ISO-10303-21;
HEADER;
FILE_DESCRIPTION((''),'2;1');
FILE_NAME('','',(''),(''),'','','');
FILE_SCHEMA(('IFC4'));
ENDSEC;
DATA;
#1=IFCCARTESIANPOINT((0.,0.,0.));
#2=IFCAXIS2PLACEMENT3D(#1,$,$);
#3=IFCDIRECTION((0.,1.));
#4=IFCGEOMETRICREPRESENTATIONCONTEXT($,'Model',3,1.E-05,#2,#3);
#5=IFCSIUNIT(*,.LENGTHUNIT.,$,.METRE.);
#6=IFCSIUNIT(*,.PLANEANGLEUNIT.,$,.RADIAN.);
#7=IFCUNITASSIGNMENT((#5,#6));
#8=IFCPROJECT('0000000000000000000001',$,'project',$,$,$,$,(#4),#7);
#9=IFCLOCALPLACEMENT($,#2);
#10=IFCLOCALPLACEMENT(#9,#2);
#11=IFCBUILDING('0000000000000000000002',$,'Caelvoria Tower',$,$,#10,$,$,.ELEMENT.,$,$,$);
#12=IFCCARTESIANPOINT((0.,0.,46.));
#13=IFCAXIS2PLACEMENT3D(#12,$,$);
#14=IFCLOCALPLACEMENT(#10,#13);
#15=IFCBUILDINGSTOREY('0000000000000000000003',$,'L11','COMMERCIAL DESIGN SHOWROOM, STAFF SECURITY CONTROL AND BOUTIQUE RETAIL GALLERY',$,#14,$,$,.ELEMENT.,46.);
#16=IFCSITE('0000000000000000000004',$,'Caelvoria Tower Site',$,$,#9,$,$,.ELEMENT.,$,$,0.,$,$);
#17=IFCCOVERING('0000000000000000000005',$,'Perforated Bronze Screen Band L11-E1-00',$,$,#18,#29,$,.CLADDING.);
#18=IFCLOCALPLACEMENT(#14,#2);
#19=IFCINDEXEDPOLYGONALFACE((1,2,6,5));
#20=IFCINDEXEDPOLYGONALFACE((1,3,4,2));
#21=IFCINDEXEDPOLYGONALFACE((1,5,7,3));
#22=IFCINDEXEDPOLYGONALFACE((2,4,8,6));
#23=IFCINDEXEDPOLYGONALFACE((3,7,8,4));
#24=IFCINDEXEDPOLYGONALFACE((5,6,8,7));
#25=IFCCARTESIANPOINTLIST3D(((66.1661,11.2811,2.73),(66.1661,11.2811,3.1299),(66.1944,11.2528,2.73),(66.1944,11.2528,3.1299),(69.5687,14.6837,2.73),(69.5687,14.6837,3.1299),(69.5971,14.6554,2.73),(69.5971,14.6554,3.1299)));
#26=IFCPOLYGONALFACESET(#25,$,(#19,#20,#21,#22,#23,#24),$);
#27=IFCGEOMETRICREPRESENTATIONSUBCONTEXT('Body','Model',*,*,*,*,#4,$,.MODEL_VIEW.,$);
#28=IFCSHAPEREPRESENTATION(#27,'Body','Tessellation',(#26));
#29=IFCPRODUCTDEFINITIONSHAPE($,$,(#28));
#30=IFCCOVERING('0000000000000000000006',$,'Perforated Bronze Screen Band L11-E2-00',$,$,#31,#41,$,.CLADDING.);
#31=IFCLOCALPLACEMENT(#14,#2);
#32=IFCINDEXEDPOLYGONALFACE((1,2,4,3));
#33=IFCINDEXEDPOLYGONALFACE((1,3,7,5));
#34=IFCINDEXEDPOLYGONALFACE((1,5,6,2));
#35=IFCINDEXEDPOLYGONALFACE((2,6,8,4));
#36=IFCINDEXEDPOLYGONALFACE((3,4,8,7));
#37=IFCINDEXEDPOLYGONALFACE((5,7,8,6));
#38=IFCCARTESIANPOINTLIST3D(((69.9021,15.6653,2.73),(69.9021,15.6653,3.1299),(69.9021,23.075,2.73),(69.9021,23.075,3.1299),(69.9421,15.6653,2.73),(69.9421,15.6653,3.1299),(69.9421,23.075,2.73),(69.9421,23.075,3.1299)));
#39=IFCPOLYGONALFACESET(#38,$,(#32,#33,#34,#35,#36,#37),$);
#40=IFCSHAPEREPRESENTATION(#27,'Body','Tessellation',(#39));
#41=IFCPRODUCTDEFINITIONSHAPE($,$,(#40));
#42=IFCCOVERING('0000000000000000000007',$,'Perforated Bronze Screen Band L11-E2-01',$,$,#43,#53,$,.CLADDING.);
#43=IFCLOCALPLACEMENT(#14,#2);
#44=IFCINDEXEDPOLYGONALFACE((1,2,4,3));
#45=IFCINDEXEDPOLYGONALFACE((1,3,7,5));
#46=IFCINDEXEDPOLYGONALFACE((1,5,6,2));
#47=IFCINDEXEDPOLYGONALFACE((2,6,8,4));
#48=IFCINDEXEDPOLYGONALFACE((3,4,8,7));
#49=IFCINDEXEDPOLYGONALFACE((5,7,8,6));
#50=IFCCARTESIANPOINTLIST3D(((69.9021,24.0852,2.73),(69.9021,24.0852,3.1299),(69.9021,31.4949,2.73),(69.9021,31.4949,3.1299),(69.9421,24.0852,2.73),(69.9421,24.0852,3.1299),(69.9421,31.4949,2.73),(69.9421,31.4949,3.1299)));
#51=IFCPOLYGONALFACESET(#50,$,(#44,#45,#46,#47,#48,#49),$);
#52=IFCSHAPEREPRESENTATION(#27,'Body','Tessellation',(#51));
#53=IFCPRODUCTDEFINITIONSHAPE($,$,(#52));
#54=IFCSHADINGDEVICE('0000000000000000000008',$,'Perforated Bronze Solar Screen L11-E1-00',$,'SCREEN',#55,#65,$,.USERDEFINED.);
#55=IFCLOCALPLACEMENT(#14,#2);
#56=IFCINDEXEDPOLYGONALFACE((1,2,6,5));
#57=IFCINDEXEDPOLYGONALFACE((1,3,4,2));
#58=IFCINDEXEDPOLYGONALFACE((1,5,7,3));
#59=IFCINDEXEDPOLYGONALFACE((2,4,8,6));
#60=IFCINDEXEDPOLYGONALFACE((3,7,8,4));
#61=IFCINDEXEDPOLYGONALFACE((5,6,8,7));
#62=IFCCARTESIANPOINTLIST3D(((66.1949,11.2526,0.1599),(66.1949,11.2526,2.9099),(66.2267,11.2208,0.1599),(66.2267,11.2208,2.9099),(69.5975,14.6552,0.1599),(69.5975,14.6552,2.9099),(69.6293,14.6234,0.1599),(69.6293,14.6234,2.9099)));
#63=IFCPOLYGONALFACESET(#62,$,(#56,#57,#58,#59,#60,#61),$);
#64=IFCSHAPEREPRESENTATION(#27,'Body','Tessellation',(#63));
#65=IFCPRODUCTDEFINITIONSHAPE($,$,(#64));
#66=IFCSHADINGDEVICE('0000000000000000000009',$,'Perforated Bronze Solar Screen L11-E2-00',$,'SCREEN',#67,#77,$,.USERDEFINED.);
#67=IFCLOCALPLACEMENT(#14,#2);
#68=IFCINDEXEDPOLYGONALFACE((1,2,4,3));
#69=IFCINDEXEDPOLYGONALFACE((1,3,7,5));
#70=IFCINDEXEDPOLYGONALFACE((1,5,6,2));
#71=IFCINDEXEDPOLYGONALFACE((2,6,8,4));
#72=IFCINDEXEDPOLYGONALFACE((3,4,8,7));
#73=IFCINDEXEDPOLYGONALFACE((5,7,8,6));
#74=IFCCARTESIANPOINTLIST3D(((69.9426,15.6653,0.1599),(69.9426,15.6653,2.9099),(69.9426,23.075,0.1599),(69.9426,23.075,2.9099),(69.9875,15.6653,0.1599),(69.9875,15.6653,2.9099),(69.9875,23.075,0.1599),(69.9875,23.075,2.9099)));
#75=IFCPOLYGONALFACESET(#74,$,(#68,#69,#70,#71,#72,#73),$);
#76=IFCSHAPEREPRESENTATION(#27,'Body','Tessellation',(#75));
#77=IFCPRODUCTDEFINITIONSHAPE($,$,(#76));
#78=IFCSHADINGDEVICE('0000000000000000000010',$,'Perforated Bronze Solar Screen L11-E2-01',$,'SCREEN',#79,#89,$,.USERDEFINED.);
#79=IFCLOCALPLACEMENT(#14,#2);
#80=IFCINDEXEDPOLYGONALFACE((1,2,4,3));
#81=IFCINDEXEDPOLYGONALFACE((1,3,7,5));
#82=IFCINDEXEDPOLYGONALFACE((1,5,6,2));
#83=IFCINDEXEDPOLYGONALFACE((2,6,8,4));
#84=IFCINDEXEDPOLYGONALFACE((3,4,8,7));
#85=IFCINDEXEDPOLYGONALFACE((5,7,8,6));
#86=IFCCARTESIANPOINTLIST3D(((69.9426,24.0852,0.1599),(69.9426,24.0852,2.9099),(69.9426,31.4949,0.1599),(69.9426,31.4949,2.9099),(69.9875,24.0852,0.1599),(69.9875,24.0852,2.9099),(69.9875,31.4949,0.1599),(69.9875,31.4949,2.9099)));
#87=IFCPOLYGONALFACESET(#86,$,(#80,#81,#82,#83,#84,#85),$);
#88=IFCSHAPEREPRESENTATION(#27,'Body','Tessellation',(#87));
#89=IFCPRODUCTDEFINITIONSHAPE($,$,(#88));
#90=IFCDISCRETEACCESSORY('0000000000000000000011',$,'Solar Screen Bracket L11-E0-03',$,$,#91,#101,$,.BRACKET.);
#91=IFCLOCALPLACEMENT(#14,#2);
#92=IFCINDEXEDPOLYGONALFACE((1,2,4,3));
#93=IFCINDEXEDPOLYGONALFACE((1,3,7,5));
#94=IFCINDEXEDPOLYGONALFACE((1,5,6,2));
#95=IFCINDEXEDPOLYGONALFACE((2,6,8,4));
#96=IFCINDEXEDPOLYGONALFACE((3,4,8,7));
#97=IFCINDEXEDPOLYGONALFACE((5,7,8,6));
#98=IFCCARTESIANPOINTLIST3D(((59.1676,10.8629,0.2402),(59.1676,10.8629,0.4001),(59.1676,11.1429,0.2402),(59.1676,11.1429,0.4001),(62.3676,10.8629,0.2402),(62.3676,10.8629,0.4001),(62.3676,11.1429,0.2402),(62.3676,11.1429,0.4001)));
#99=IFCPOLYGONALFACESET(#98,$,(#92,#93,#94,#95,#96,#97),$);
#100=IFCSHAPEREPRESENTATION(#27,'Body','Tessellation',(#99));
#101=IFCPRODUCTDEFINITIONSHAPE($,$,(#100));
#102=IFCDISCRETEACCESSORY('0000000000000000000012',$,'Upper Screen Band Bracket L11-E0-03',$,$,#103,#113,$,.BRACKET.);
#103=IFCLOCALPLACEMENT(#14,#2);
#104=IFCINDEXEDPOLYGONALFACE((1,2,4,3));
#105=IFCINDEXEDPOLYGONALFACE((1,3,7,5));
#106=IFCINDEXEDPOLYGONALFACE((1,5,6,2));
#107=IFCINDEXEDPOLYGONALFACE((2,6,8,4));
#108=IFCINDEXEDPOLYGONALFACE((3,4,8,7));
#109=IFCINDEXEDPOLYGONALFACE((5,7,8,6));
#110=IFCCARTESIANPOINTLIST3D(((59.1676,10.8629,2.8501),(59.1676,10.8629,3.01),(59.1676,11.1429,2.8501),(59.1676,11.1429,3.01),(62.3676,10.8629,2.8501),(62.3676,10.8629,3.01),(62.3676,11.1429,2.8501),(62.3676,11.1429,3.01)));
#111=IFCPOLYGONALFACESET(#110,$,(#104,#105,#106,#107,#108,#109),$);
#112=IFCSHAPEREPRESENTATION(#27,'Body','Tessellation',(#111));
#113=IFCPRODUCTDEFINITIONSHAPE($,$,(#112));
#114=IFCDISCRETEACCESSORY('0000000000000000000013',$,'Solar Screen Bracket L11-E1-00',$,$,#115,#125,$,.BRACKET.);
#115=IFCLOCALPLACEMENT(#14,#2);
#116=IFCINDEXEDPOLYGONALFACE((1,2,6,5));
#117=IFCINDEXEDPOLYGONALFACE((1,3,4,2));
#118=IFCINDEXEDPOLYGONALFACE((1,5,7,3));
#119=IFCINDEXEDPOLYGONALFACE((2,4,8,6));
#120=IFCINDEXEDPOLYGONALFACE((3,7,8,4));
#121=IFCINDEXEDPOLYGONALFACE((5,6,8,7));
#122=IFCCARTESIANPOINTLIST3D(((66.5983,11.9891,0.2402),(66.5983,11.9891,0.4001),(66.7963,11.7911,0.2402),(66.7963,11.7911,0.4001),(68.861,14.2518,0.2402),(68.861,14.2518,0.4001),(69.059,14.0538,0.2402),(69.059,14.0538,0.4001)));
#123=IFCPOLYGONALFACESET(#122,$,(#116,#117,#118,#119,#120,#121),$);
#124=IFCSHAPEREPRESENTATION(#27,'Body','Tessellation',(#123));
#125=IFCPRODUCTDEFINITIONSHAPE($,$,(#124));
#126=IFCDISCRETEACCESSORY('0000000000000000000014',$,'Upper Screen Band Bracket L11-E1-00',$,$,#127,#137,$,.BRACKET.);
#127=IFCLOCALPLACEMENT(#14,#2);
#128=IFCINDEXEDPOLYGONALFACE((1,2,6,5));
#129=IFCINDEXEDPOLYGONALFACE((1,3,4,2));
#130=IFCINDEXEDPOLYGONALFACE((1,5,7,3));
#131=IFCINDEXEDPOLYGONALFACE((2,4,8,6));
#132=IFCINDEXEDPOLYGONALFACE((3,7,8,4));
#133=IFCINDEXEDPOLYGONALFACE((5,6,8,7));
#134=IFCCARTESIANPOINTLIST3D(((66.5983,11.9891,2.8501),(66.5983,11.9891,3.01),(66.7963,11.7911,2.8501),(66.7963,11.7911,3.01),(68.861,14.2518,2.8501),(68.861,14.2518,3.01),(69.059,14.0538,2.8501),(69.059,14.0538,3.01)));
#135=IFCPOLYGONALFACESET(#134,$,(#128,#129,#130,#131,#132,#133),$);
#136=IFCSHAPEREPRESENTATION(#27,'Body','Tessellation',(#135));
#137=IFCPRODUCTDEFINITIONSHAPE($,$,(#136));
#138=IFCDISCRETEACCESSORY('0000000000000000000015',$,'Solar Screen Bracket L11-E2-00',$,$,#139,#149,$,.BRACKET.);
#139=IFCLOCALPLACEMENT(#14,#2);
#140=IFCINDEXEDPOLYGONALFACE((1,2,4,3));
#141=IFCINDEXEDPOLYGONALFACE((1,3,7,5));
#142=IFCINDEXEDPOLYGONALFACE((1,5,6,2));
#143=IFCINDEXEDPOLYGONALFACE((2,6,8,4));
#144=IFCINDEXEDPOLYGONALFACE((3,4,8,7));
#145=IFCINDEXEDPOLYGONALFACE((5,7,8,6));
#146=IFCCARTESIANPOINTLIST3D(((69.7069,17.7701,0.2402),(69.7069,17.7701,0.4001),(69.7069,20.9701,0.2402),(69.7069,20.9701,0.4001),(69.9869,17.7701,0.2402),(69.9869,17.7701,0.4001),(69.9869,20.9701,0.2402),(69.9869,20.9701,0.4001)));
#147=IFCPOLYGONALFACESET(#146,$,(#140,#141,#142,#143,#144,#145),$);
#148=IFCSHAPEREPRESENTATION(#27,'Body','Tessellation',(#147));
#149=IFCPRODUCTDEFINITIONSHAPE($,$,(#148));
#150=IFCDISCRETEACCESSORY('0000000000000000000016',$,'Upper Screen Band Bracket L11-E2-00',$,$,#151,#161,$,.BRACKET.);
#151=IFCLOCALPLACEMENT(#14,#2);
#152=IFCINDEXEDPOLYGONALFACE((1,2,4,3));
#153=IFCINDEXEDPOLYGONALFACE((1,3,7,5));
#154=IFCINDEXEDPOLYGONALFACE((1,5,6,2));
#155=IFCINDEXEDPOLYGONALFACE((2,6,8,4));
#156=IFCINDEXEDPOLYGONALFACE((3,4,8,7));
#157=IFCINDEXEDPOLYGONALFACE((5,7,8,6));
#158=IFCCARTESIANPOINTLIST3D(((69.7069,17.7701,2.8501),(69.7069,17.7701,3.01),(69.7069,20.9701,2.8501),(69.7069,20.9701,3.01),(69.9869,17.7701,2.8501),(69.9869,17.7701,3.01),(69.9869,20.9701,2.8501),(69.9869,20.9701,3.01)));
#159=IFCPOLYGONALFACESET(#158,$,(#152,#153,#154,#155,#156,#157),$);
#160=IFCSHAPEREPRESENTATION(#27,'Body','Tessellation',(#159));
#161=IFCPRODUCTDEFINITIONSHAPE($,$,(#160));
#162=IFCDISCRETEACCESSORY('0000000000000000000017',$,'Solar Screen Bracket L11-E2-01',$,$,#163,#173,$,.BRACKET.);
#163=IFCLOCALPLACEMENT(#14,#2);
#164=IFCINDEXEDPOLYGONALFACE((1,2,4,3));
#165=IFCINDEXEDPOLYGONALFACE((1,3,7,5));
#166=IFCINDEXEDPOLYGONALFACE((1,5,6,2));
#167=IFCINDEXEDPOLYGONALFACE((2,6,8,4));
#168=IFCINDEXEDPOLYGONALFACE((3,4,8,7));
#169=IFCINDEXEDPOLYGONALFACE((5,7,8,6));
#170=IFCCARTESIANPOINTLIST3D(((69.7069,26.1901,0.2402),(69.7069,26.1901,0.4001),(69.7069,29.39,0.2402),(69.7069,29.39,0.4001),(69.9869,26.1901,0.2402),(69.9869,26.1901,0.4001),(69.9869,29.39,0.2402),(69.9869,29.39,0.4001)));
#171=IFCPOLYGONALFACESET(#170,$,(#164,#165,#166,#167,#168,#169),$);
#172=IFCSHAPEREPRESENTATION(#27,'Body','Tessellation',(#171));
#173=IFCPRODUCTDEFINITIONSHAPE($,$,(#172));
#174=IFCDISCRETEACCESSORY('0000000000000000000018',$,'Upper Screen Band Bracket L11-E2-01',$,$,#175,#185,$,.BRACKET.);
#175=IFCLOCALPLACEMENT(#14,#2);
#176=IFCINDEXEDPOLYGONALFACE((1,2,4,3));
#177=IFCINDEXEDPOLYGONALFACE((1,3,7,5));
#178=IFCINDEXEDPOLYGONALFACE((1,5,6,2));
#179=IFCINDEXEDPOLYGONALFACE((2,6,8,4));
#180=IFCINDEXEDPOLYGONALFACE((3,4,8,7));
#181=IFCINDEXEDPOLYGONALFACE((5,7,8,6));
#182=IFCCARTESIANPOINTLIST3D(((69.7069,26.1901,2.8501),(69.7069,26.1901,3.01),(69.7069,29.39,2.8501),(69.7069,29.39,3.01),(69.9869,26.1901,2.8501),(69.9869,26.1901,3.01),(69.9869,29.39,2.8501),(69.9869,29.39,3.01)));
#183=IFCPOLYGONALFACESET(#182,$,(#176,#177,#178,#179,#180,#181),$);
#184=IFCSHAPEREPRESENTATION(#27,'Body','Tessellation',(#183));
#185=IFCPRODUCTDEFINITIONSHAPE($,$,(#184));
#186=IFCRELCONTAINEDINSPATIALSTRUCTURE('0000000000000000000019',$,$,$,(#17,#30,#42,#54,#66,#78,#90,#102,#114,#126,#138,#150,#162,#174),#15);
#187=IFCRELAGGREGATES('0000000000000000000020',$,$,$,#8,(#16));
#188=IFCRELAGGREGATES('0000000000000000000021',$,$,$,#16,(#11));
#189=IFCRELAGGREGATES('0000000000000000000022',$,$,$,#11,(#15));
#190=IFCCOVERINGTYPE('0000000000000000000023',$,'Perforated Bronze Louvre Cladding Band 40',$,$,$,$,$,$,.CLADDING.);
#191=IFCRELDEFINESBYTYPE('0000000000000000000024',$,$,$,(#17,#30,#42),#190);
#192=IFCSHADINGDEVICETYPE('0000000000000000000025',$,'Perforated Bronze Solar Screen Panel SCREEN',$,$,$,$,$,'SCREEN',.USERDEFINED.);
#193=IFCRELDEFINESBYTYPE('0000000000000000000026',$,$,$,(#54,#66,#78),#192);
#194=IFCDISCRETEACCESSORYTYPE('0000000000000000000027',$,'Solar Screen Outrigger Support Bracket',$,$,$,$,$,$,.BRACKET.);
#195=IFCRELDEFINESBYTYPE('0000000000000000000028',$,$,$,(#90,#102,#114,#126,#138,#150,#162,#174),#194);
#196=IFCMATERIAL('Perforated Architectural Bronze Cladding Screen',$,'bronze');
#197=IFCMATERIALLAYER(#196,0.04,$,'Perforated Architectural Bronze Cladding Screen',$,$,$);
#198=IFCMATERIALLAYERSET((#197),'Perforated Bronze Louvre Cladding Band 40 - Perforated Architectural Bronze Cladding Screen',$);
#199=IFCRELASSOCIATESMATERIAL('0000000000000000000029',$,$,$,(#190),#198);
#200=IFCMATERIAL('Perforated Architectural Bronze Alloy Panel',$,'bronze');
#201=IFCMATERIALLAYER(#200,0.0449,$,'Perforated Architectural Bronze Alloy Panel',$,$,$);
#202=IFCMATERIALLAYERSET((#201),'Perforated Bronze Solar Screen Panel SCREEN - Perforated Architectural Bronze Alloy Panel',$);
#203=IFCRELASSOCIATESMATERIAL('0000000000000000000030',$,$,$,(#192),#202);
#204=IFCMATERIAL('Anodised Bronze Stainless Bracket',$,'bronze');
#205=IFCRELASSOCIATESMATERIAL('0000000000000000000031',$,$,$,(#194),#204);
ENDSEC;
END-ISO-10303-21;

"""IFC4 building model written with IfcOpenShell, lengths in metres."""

from ifc_helpers import new_model, si_unit, direction, frame, origin, origin_2d, place, context, subcontext, project, spatial, rectangle, extrude, material, layer, layer_set, type_object, element, save


model = new_model("IFC4")

# Units and contexts
model_context = context("Model", 3, precision=1e-05, world=origin(), true_north=direction((0.0, 1.0)))
body_context = subcontext(model_context, "Body", "Model", "MODEL_VIEW")
ifc_project = project(units=[si_unit("LENGTHUNIT", "METRE"), si_unit("PLANEANGLEUNIT", "RADIAN")], contexts=[model_context])

# Site, building, storey
site_placement = place(None, origin())
site = spatial("IfcSite", under=ifc_project, at=site_placement, Name="Caelvoria Tower Site", CompositionType="ELEMENT", RefElevation=0.0)
building_placement = place(site_placement, origin())
building = spatial("IfcBuilding", under=site, at=building_placement, Name="Caelvoria Tower", CompositionType="ELEMENT")
storey_placement = place(building_placement, frame((0.0, 0.0, 46.0)))
storey = spatial("IfcBuildingStorey", under=building, at=storey_placement, Name="L11", Description="COMMERCIAL DESIGN SHOWROOM, STAFF SECURITY CONTROL AND BOUTIQUE RETAIL GALLERY", CompositionType="ELEMENT", Elevation=46.0)

# Coverings
ifc_material_1 = material(Name="Perforated Architectural Bronze Cladding Screen", Category="bronze")
ifc_layer_1 = layer(ifc_material_1, 0.04, Name="Perforated Architectural Bronze Cladding Screen")
ifc_layer_set_1 = layer_set([ifc_layer_1], Name="Perforated Bronze Louvre Cladding Band 40 - Perforated Architectural Bronze Cladding Screen")
covering_type = type_object("IfcCoveringType", Name="Perforated Bronze Louvre Cladding Band 40", PredefinedType="CLADDING", material=ifc_layer_set_1)
covering_1_placement = place(storey_placement, frame((67.8816, 12.9683, 2.73), z_axis=(0.0, 0.0, 1.0), x_axis=(0.707107, 0.707107, 0.0)))
element("IfcCovering", 1, at=covering_1_placement, inside=storey, type_object=covering_type, Name="Perforated Bronze Screen Band L11-E1-00", PredefinedType="CLADDING", context=body_context, shape_type="SweptSolid", body=[
    extrude(rectangle(XDim=4.812, YDim=0.04, at=origin_2d()), origin(), (0.0, 0.0, 1.0), 0.3999),
])
for number, where, z_axis, x_axis, name in (
    (2, (69.9221, 19.3701, 2.73), (0.0, 0.0, 1.0), (0.0, 1.0, 0.0), "Perforated Bronze Screen Band L11-E2-00"),
    (3, (69.9221, 27.79, 2.73), (0.0, 0.0, 1.0), (0.0, 1.0, 0.0), "Perforated Bronze Screen Band L11-E2-01"),
):
    element("IfcCovering", number, at=place(storey_placement, frame(where, z_axis=z_axis, x_axis=x_axis)), inside=storey, type_object=covering_type, Name=name, PredefinedType="CLADDING", context=body_context, shape_type="SweptSolid", body=[
        extrude(rectangle(XDim=7.4097, YDim=0.04, at=origin_2d()), origin(), (0.0, 0.0, 1.0), 0.3999),
    ])

# Shading devices
ifc_material_2 = material(Name="Perforated Architectural Bronze Alloy Panel", Category="bronze")
ifc_layer_2 = layer(ifc_material_2, 0.0449, Name="Perforated Architectural Bronze Alloy Panel")
ifc_layer_set_2 = layer_set([ifc_layer_2], Name="Perforated Bronze Solar Screen Panel SCREEN - Perforated Architectural Bronze Alloy Panel")
shading_device_type = type_object("IfcShadingDeviceType", Name="Perforated Bronze Solar Screen Panel SCREEN", ElementType="SCREEN", PredefinedType="USERDEFINED", material=ifc_layer_set_2)
shading_device_placement = place(storey_placement, frame((67.9121, 12.938, 0.1599), z_axis=(0.0, 0.0, 1.0), x_axis=(0.707107, 0.707107, 0.0)))
element("IfcShadingDevice", 4, at=shading_device_placement, inside=storey, type_object=shading_device_type, Name="Perforated Bronze Solar Screen L11-E1-00", ObjectType="SCREEN", PredefinedType="USERDEFINED", context=body_context, shape_type="SweptSolid", body=[
    extrude(rectangle(XDim=4.812, YDim=0.0449, at=origin_2d()), origin(), (0.0, 0.0, 1.0), 2.75),
])
for number, where, z_axis, x_axis, name in (
    (5, (69.9651, 19.3701, 0.1599), (0.0, 0.0, 1.0), (0.0, 1.0, 0.0), "Perforated Bronze Solar Screen L11-E2-00"),
    (6, (69.9651, 27.79, 0.1599), (0.0, 0.0, 1.0), (0.0, 1.0, 0.0), "Perforated Bronze Solar Screen L11-E2-01"),
):
    element("IfcShadingDevice", number, at=place(storey_placement, frame(where, z_axis=z_axis, x_axis=x_axis)), inside=storey, type_object=shading_device_type, Name=name, ObjectType="SCREEN", PredefinedType="USERDEFINED", context=body_context, shape_type="SweptSolid", body=[
        extrude(rectangle(XDim=7.4097, YDim=0.0449, at=origin_2d()), origin(), (0.0, 0.0, 1.0), 2.75),
    ])

# Discrete accessories
ifc_material_3 = material(Name="Anodised Bronze Stainless Bracket", Category="bronze")
discrete_accessory_type = type_object("IfcDiscreteAccessoryType", Name="Solar Screen Outrigger Support Bracket", PredefinedType="BRACKET", material=ifc_material_3)
for number, where, z_axis, x_axis, name in (
    (7, (60.7676, 11.0029, 0.2402), (0.0, 0.0, 1.0), (1.0, 0.0, 0.0), "Solar Screen Bracket L11-E0-03"),
    (8, (60.7676, 11.0029, 2.8501), (0.0, 0.0, 1.0), (1.0, 0.0, 0.0), "Upper Screen Band Bracket L11-E0-03"),
    (9, (67.8286, 13.0215, 0.2402), (0.0, 0.0, 1.0), (0.707107, 0.707107, 0.0), "Solar Screen Bracket L11-E1-00"),
    (10, (67.8286, 13.0215, 2.8501), (0.0, 0.0, 1.0), (0.707107, 0.707107, 0.0), "Upper Screen Band Bracket L11-E1-00"),
    (11, (69.8469, 19.3701, 0.2402), (0.0, 0.0, 1.0), (0.0, 1.0, 0.0), "Solar Screen Bracket L11-E2-00"),
    (12, (69.8469, 19.3701, 2.8501), (0.0, 0.0, 1.0), (0.0, 1.0, 0.0), "Upper Screen Band Bracket L11-E2-00"),
    (13, (69.8469, 27.79, 0.2402), (0.0, 0.0, 1.0), (0.0, 1.0, 0.0), "Solar Screen Bracket L11-E2-01"),
    (14, (69.8469, 27.79, 2.8501), (0.0, 0.0, 1.0), (0.0, 1.0, 0.0), "Upper Screen Band Bracket L11-E2-01"),
):
    element("IfcDiscreteAccessory", number, at=place(storey_placement, frame(where, z_axis=z_axis, x_axis=x_axis)), inside=storey, type_object=discrete_accessory_type, Name=name, PredefinedType="BRACKET", context=body_context, shape_type="SweptSolid", body=[
        extrude(rectangle(XDim=3.2, YDim=0.28, at=origin_2d()), origin(), (0.0, 0.0, 1.0), 0.1599),
    ])

save(model, "model.ifc")
